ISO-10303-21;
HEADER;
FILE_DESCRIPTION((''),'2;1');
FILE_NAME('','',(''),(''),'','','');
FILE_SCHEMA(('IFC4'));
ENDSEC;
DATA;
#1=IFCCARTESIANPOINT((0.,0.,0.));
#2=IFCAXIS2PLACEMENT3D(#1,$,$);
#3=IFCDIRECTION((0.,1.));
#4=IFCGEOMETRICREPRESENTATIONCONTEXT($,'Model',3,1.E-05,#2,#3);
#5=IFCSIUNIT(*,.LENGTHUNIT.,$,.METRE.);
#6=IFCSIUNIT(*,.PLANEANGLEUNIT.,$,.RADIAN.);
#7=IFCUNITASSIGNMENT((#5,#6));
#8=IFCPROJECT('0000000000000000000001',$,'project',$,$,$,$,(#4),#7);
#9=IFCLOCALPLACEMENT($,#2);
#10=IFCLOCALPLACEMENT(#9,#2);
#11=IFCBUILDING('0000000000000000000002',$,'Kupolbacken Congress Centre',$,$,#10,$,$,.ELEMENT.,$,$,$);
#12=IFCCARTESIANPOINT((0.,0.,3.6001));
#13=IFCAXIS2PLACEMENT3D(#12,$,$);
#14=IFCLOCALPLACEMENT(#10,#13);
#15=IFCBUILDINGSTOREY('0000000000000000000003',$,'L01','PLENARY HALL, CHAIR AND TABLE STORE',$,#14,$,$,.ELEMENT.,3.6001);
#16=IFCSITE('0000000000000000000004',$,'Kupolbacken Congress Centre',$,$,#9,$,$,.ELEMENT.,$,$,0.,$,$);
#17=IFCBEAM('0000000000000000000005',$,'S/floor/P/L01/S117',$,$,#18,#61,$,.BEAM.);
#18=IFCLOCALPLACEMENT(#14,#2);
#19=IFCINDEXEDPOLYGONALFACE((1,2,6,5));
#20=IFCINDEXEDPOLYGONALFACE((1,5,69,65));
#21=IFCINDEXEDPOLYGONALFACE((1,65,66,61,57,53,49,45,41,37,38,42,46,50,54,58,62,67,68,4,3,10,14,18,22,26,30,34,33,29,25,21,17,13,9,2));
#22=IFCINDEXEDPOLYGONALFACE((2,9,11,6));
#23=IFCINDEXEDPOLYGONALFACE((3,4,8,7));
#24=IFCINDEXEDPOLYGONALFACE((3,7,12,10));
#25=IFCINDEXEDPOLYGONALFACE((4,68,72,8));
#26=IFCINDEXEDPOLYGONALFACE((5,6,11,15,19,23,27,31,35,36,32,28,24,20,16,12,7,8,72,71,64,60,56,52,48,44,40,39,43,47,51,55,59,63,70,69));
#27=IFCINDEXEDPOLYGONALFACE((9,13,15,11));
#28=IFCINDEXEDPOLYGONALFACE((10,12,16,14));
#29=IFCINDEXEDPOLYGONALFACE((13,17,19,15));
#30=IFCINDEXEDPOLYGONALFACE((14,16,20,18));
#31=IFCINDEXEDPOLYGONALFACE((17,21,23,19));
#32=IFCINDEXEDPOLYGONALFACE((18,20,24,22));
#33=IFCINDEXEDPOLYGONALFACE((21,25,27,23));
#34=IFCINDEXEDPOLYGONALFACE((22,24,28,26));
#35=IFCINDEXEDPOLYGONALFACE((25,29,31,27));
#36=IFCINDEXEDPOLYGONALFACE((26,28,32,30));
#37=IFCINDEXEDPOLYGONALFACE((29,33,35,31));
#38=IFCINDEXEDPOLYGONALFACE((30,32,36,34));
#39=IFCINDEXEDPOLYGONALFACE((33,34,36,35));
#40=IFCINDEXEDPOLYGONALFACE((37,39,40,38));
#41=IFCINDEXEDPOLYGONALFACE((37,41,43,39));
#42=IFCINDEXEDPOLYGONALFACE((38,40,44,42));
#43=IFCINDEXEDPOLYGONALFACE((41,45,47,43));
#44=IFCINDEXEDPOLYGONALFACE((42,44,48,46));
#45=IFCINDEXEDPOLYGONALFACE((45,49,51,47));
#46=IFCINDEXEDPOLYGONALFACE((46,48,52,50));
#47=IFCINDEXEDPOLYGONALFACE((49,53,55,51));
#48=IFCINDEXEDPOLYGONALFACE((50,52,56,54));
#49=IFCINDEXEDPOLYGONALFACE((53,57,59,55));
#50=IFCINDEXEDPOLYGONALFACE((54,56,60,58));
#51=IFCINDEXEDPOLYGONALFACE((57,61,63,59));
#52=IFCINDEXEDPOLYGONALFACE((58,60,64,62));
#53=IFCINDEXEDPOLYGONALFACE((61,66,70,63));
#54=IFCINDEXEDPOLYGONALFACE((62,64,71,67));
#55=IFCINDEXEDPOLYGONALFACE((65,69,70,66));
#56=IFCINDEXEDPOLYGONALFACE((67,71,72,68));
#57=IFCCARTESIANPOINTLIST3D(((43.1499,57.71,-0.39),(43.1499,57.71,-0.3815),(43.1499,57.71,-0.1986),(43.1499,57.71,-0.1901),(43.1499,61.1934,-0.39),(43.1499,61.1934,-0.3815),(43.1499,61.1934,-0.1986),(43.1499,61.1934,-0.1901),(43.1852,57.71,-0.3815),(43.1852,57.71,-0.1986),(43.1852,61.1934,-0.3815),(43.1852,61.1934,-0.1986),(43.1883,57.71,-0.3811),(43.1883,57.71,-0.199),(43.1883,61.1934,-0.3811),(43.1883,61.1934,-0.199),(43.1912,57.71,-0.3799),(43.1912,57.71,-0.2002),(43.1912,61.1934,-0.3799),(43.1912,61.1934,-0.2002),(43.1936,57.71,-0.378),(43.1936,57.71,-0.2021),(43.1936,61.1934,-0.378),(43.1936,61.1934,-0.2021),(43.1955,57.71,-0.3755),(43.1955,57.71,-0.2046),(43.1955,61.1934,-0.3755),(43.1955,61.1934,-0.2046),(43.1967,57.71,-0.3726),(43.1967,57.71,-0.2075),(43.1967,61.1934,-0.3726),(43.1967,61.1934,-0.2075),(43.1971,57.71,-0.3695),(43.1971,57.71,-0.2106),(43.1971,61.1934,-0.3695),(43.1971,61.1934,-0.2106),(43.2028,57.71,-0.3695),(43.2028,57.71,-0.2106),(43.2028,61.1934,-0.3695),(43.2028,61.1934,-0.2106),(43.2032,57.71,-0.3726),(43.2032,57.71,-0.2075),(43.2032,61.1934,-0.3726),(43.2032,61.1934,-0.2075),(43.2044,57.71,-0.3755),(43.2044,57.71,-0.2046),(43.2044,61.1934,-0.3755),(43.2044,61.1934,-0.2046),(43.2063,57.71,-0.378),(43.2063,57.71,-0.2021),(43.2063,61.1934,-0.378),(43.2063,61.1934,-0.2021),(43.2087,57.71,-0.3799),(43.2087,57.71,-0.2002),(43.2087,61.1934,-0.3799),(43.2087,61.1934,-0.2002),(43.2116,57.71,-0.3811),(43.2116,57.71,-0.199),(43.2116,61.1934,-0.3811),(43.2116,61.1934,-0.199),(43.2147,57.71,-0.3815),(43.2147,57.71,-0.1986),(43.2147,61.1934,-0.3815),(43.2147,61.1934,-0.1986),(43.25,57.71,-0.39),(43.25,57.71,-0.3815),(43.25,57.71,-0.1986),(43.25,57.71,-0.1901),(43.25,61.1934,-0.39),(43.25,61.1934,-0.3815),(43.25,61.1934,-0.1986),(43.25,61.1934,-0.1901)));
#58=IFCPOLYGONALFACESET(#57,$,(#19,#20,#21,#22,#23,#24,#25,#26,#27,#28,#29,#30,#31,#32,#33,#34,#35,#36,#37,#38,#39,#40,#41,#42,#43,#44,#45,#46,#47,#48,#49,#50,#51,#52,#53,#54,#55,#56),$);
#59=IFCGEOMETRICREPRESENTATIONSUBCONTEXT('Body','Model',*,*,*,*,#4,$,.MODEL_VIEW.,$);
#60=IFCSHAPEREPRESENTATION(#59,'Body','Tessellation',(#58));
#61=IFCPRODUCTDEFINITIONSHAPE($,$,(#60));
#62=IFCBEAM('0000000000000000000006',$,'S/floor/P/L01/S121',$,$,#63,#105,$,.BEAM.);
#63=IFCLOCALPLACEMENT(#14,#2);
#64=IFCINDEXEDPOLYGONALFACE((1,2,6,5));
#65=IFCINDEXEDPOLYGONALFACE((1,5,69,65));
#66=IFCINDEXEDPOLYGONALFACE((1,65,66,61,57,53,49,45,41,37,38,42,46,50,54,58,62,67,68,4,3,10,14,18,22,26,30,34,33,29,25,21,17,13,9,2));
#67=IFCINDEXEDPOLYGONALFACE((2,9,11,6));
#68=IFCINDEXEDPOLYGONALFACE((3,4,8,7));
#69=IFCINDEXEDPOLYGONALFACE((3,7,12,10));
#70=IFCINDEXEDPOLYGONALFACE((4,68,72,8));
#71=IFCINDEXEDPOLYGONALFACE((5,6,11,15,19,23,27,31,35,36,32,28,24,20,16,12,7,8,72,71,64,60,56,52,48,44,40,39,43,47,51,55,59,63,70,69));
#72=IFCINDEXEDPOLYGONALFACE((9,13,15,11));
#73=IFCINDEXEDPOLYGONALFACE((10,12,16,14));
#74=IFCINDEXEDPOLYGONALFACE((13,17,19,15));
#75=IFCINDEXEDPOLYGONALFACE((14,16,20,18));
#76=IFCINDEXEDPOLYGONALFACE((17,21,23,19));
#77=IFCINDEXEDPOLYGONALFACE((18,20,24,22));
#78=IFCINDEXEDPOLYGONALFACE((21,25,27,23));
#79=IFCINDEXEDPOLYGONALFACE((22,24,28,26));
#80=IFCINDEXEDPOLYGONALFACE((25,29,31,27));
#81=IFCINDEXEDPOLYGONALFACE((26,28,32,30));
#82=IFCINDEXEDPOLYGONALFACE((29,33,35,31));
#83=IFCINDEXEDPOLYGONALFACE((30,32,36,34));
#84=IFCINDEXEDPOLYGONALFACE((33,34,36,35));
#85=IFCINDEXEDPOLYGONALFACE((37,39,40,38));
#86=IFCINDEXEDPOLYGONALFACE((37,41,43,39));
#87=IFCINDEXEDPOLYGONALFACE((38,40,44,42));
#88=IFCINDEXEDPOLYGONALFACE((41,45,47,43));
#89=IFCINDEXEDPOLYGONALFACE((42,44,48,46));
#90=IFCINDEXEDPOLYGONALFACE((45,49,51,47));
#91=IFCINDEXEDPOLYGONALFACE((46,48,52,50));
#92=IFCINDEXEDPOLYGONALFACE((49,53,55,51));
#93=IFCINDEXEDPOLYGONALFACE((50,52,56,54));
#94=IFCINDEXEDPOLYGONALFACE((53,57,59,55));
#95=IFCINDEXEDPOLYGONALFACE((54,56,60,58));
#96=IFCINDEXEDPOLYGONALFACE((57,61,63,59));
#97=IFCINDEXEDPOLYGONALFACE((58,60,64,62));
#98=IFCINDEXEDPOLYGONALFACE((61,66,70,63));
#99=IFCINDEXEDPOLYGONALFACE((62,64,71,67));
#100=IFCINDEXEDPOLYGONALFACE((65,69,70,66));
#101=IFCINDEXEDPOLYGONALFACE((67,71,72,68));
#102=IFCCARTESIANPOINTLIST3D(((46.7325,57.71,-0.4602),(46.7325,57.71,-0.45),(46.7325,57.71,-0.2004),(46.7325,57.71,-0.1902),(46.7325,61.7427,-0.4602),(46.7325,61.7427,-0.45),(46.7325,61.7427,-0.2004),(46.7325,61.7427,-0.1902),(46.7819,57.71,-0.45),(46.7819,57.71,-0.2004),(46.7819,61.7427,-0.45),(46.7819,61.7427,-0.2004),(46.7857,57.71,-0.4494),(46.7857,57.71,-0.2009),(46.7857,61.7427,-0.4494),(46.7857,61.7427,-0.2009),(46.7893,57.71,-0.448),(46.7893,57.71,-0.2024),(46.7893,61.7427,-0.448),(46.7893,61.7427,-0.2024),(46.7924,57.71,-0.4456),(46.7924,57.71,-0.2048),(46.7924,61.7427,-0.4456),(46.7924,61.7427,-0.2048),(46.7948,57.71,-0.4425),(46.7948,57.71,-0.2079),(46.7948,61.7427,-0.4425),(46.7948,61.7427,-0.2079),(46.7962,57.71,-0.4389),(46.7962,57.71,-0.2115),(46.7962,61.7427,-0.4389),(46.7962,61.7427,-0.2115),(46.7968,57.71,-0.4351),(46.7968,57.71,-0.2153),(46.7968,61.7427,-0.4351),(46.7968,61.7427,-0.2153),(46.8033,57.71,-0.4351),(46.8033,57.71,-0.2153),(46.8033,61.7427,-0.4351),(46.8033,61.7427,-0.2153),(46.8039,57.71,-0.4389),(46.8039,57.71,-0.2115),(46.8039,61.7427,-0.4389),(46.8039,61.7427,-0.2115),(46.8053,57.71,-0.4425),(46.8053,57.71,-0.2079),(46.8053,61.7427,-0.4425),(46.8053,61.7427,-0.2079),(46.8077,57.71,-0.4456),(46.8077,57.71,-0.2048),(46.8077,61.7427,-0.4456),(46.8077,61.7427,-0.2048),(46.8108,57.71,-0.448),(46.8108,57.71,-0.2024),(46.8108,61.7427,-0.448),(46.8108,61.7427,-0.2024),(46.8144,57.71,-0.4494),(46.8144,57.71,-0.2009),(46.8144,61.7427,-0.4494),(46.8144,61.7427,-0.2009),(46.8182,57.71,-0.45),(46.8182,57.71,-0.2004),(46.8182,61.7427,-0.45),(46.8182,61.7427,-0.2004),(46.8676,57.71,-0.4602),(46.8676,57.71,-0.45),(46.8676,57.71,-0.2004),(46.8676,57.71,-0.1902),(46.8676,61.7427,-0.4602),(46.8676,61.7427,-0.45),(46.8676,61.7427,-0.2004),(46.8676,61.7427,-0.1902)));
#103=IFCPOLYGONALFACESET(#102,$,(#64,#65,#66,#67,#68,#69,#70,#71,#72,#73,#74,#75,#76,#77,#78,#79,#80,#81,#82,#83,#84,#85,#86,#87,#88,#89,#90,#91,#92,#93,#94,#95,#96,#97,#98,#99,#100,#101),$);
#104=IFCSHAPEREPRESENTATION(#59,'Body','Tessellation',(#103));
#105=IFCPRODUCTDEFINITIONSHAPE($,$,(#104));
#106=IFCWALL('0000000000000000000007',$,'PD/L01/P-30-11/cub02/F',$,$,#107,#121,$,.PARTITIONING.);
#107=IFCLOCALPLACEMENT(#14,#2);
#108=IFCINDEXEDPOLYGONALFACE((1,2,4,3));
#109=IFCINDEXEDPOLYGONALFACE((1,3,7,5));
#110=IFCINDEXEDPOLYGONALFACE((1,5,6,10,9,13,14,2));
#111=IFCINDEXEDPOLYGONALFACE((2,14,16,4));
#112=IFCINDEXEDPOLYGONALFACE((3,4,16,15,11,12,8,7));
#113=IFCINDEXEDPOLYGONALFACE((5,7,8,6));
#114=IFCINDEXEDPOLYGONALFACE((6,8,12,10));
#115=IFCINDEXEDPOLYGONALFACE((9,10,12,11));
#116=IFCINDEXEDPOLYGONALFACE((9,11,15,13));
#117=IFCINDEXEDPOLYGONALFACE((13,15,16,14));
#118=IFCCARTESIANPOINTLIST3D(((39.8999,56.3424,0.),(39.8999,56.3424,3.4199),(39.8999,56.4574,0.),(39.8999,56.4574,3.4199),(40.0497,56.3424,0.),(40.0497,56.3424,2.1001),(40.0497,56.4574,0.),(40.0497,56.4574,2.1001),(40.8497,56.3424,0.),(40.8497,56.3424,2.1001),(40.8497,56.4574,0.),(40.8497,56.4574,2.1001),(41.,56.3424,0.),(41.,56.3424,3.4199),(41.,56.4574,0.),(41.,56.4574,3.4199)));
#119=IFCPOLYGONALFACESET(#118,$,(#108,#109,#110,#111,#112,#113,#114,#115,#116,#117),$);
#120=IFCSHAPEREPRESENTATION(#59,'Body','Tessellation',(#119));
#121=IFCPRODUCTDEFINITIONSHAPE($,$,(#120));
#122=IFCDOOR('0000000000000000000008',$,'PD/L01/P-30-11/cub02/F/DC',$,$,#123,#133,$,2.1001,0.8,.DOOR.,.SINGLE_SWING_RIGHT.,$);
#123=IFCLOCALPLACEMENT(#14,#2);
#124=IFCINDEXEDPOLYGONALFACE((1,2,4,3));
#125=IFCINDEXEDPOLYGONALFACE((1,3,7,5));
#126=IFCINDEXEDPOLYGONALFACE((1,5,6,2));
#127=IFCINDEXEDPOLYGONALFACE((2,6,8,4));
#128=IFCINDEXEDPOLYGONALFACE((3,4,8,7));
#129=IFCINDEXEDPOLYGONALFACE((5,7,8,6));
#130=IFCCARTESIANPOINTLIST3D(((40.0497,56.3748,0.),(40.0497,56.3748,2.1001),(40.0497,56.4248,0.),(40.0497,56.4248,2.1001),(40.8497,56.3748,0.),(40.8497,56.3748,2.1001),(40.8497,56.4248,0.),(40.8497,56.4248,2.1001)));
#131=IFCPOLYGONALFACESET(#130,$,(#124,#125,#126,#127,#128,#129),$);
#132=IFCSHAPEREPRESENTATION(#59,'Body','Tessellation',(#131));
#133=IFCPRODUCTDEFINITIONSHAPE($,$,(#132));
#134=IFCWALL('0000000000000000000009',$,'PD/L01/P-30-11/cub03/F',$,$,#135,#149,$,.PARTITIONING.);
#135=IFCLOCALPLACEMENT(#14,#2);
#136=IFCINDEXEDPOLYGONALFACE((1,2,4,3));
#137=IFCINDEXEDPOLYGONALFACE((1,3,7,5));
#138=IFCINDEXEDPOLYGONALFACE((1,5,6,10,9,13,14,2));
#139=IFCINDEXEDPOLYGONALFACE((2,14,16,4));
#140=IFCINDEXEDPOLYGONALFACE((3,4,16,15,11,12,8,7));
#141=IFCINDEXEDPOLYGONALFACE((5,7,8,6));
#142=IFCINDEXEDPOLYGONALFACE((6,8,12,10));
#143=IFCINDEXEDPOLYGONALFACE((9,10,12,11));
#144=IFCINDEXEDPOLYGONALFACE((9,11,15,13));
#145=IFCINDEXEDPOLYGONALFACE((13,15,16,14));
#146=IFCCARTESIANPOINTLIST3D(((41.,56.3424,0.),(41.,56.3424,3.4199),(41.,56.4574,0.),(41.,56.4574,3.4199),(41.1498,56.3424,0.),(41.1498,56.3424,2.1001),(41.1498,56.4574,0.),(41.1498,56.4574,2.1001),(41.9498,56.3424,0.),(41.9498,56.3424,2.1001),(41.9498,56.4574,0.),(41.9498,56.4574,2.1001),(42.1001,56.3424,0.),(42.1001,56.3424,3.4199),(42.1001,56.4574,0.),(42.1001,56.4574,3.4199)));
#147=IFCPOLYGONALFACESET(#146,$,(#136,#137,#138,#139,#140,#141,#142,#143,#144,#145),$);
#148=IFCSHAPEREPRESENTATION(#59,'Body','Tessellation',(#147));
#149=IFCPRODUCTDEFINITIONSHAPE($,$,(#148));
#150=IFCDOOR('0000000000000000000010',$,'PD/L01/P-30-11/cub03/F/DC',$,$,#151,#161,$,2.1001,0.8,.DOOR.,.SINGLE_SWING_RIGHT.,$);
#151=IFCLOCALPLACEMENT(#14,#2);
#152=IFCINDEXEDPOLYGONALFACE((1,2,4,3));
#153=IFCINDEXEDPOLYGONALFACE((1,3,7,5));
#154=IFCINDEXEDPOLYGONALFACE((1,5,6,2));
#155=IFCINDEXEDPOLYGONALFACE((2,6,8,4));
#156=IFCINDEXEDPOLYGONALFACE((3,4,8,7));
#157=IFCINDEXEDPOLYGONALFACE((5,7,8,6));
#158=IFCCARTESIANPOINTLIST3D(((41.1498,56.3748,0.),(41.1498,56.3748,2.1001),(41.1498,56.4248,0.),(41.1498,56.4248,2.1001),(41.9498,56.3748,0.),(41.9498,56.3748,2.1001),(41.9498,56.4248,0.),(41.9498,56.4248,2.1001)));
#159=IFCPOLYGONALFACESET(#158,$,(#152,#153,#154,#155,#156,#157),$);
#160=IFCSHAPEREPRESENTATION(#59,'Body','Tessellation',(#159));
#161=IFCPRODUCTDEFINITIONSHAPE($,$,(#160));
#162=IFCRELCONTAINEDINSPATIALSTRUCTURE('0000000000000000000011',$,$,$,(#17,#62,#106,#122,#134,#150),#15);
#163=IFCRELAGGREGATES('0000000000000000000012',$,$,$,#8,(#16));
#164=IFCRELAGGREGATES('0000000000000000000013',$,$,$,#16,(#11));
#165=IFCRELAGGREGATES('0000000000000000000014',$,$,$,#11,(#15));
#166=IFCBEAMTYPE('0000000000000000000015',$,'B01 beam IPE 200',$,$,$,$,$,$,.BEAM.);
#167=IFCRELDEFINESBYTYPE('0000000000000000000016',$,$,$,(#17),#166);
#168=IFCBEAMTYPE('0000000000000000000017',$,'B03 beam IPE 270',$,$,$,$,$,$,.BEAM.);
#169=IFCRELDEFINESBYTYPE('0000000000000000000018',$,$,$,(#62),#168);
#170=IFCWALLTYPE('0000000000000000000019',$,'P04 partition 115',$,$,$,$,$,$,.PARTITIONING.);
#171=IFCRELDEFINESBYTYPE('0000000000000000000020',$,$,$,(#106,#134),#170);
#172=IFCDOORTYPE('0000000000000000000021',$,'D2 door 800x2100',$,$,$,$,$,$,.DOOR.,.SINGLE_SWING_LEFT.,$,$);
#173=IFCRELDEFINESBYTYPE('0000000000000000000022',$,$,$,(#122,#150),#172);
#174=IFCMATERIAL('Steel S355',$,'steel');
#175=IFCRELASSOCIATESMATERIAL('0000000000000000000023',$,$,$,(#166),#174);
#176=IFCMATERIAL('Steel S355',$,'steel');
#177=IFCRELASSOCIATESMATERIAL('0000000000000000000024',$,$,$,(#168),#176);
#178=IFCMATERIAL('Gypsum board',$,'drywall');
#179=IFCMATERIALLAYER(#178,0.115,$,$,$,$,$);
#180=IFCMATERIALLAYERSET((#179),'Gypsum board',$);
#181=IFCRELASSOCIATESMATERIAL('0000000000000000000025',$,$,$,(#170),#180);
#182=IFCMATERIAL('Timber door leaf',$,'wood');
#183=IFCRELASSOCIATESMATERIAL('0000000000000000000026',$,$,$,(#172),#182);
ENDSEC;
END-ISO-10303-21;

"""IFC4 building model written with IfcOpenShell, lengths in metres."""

from ifc_helpers import new_model, si_unit, direction, frame, frame_2d, origin, origin_2d, place, context, subcontext, project, spatial, rectangle, i_section, extrude, material, layer, layer_set, material_profile, profile_set, type_object, element, fill, save


model = new_model("IFC4")

# Units and contexts
model_context = context("Model", 3, precision=1e-05, world=origin(), true_north=direction((0.0, 1.0)))
body_context = subcontext(model_context, "Body", "Model", "MODEL_VIEW")
ifc_project = project(units=[si_unit("LENGTHUNIT", "METRE"), si_unit("PLANEANGLEUNIT", "RADIAN")], contexts=[model_context])

# Site, building, storey
site_placement = place(None, origin())
site = spatial("IfcSite", under=ifc_project, at=site_placement, Name="Kupolbacken Congress Centre", CompositionType="ELEMENT", RefElevation=0.0)
building_placement = place(site_placement, origin())
building = spatial("IfcBuilding", under=site, at=building_placement, Name="Kupolbacken Congress Centre", CompositionType="ELEMENT")
storey_placement = place(building_placement, frame((0.0, 0.0, 3.6001)))
storey = spatial("IfcBuildingStorey", under=building, at=storey_placement, Name="L01", Description="PLENARY HALL, CHAIR AND TABLE STORE", CompositionType="ELEMENT", Elevation=3.6001)

# Beams
ifc_material_1 = material(Name="Steel S355", Category="steel")
ifc_material_profile_1 = material_profile(ifc_material_1, i_section(OverallWidth=0.1001, OverallDepth=0.2, WebThickness=0.0056, FlangeThickness=0.0085, FilletRadius=0.012, at=origin_2d()), Name="IPE 200")
ifc_profile_set_1 = profile_set([ifc_material_profile_1], Name="Steel S355")
beam_type_1 = type_object("IfcBeamType", Name="B01 beam IPE 200", PredefinedType="BEAM", material=ifc_profile_set_1)
beam_1_placement = place(storey_placement, frame((43.2, 57.71, -0.29), z_axis=(0.0, 1.0, 0.0), x_axis=(-1.0, 0.0, 0.0)))
element("IfcBeam", 1, at=beam_1_placement, inside=storey, type_object=beam_type_1, Name="S/floor/P/L01/S117", PredefinedType="BEAM", context=body_context, shape_type="SweptSolid", body=[
    extrude(i_section(OverallWidth=0.1001, OverallDepth=0.2, WebThickness=0.0056, FlangeThickness=0.0085, FilletRadius=0.012, at=origin_2d()), origin(), (0.0, 0.0, 1.0), 3.4834),
])
ifc_material_2 = material(Name="Steel S355", Category="steel")
ifc_material_profile_2 = material_profile(ifc_material_2, i_section(OverallWidth=0.135, OverallDepth=0.27, WebThickness=0.0066, FlangeThickness=0.0103, FilletRadius=0.0149, at=origin_2d()), Name="IPE 270")
ifc_profile_set_2 = profile_set([ifc_material_profile_2], Name="Steel S355")
beam_type_2 = type_object("IfcBeamType", Name="B03 beam IPE 270", PredefinedType="BEAM", material=ifc_profile_set_2)
beam_2_placement = place(storey_placement, frame((46.8, 57.71, -0.3252), z_axis=(0.0, 1.0, 0.0), x_axis=(-1.0, 0.0, 0.0)))
element("IfcBeam", 2, at=beam_2_placement, inside=storey, type_object=beam_type_2, Name="S/floor/P/L01/S121", PredefinedType="BEAM", context=body_context, shape_type="SweptSolid", body=[
    extrude(i_section(OverallWidth=0.135, OverallDepth=0.27, WebThickness=0.0066, FlangeThickness=0.0103, FilletRadius=0.0149, at=origin_2d()), origin(), (0.0, 0.0, 1.0), 4.0327),
])

# Walls, openings, doors
ifc_material_3 = material(Name="Gypsum board", Category="drywall")
ifc_layer = layer(ifc_material_3, 0.115)
ifc_layer_set = layer_set([ifc_layer], Name="Gypsum board")
wall_type = type_object("IfcWallType", Name="P04 partition 115", PredefinedType="PARTITIONING", material=ifc_layer_set)
wall_1_placement = place(storey_placement, frame((39.8999, 56.3999, 0.0), z_axis=(0.0, 0.0, 1.0), x_axis=(1.0, 0.0, 0.0)))
wall_1 = element("IfcWall", 3, at=wall_1_placement, inside=storey, type_object=wall_type, Name="PD/L01/P-30-11/cub02/F", PredefinedType="PARTITIONING", context=body_context, shape_type="SweptSolid", body=[
    extrude(rectangle(XDim=1.1001, YDim=0.115, at=frame_2d((0.55, 0.0))), origin(), (0.0, 0.0, 1.0), 3.4199),
])
opening_1_placement = place(wall_1_placement, frame((0.1499, 0.0, 0.0)))
opening_1 = element("IfcOpeningElement", 4, at=opening_1_placement, cuts=wall_1, PredefinedType="OPENING", context=body_context, shape_type="SweptSolid", body=[
    extrude(rectangle(XDim=0.8, YDim=2.1001, at=frame_2d((0.3999, 1.05))), frame((0.0, 0.0674, 0.0), z_axis=(0.0, -1.0, 0.0), x_axis=(1.0, 0.0, 0.0)), (0.0, 0.0, 1.0), 0.135),
])
ifc_material_4 = material(Name="Timber door leaf", Category="wood")
door_type = type_object("IfcDoorType", Name="D2 door 800x2100", OperationType="SINGLE_SWING_LEFT", PredefinedType="DOOR", material=ifc_material_4)
door_1_placement = place(opening_1_placement, origin())
door_1 = element("IfcDoor", 5, at=door_1_placement, inside=storey, type_object=door_type, Name="PD/L01/P-30-11/cub02/F/DC", OperationType="SINGLE_SWING_RIGHT", OverallHeight=2.1001, OverallWidth=0.8, PredefinedType="DOOR", context=body_context, shape_type="SweptSolid", body=[
    extrude(rectangle(XDim=0.8, YDim=2.1001, at=frame_2d((0.3999, 1.05))), frame((0.0, 0.0249, 0.0), z_axis=(0.0, -1.0, 0.0), x_axis=(1.0, 0.0, 0.0)), (0.0, 0.0, 1.0), 0.05),
])
fill(opening_1, door_1)
wall_2_placement = place(storey_placement, frame((41.0, 56.3999, 0.0), z_axis=(0.0, 0.0, 1.0), x_axis=(1.0, 0.0, 0.0)))
wall_2 = element("IfcWall", 6, at=wall_2_placement, inside=storey, type_object=wall_type, Name="PD/L01/P-30-11/cub03/F", PredefinedType="PARTITIONING", context=body_context, shape_type="SweptSolid", body=[
    extrude(rectangle(XDim=1.1001, YDim=0.115, at=frame_2d((0.55, 0.0))), origin(), (0.0, 0.0, 1.0), 3.4199),
])
opening_2_placement = place(wall_2_placement, frame((0.1499, 0.0, 0.0)))
opening_2 = element("IfcOpeningElement", 7, at=opening_2_placement, cuts=wall_2, PredefinedType="OPENING", context=body_context, shape_type="SweptSolid", body=[
    extrude(rectangle(XDim=0.8, YDim=2.1001, at=frame_2d((0.3999, 1.05))), frame((0.0, 0.0674, 0.0), z_axis=(0.0, -1.0, 0.0), x_axis=(1.0, 0.0, 0.0)), (0.0, 0.0, 1.0), 0.135),
])
door_2_placement = place(opening_2_placement, origin())
door_2 = element("IfcDoor", 8, at=door_2_placement, inside=storey, type_object=door_type, Name="PD/L01/P-30-11/cub03/F/DC", OperationType="SINGLE_SWING_RIGHT", OverallHeight=2.1001, OverallWidth=0.8, PredefinedType="DOOR", context=body_context, shape_type="SweptSolid", body=[
    extrude(rectangle(XDim=0.8, YDim=2.1001, at=frame_2d((0.3999, 1.05))), frame((0.0, 0.0249, 0.0), z_axis=(0.0, -1.0, 0.0), x_axis=(1.0, 0.0, 0.0)), (0.0, 0.0, 1.0), 0.05),
])
fill(opening_2, door_2)

save(model, "model.ifc")
